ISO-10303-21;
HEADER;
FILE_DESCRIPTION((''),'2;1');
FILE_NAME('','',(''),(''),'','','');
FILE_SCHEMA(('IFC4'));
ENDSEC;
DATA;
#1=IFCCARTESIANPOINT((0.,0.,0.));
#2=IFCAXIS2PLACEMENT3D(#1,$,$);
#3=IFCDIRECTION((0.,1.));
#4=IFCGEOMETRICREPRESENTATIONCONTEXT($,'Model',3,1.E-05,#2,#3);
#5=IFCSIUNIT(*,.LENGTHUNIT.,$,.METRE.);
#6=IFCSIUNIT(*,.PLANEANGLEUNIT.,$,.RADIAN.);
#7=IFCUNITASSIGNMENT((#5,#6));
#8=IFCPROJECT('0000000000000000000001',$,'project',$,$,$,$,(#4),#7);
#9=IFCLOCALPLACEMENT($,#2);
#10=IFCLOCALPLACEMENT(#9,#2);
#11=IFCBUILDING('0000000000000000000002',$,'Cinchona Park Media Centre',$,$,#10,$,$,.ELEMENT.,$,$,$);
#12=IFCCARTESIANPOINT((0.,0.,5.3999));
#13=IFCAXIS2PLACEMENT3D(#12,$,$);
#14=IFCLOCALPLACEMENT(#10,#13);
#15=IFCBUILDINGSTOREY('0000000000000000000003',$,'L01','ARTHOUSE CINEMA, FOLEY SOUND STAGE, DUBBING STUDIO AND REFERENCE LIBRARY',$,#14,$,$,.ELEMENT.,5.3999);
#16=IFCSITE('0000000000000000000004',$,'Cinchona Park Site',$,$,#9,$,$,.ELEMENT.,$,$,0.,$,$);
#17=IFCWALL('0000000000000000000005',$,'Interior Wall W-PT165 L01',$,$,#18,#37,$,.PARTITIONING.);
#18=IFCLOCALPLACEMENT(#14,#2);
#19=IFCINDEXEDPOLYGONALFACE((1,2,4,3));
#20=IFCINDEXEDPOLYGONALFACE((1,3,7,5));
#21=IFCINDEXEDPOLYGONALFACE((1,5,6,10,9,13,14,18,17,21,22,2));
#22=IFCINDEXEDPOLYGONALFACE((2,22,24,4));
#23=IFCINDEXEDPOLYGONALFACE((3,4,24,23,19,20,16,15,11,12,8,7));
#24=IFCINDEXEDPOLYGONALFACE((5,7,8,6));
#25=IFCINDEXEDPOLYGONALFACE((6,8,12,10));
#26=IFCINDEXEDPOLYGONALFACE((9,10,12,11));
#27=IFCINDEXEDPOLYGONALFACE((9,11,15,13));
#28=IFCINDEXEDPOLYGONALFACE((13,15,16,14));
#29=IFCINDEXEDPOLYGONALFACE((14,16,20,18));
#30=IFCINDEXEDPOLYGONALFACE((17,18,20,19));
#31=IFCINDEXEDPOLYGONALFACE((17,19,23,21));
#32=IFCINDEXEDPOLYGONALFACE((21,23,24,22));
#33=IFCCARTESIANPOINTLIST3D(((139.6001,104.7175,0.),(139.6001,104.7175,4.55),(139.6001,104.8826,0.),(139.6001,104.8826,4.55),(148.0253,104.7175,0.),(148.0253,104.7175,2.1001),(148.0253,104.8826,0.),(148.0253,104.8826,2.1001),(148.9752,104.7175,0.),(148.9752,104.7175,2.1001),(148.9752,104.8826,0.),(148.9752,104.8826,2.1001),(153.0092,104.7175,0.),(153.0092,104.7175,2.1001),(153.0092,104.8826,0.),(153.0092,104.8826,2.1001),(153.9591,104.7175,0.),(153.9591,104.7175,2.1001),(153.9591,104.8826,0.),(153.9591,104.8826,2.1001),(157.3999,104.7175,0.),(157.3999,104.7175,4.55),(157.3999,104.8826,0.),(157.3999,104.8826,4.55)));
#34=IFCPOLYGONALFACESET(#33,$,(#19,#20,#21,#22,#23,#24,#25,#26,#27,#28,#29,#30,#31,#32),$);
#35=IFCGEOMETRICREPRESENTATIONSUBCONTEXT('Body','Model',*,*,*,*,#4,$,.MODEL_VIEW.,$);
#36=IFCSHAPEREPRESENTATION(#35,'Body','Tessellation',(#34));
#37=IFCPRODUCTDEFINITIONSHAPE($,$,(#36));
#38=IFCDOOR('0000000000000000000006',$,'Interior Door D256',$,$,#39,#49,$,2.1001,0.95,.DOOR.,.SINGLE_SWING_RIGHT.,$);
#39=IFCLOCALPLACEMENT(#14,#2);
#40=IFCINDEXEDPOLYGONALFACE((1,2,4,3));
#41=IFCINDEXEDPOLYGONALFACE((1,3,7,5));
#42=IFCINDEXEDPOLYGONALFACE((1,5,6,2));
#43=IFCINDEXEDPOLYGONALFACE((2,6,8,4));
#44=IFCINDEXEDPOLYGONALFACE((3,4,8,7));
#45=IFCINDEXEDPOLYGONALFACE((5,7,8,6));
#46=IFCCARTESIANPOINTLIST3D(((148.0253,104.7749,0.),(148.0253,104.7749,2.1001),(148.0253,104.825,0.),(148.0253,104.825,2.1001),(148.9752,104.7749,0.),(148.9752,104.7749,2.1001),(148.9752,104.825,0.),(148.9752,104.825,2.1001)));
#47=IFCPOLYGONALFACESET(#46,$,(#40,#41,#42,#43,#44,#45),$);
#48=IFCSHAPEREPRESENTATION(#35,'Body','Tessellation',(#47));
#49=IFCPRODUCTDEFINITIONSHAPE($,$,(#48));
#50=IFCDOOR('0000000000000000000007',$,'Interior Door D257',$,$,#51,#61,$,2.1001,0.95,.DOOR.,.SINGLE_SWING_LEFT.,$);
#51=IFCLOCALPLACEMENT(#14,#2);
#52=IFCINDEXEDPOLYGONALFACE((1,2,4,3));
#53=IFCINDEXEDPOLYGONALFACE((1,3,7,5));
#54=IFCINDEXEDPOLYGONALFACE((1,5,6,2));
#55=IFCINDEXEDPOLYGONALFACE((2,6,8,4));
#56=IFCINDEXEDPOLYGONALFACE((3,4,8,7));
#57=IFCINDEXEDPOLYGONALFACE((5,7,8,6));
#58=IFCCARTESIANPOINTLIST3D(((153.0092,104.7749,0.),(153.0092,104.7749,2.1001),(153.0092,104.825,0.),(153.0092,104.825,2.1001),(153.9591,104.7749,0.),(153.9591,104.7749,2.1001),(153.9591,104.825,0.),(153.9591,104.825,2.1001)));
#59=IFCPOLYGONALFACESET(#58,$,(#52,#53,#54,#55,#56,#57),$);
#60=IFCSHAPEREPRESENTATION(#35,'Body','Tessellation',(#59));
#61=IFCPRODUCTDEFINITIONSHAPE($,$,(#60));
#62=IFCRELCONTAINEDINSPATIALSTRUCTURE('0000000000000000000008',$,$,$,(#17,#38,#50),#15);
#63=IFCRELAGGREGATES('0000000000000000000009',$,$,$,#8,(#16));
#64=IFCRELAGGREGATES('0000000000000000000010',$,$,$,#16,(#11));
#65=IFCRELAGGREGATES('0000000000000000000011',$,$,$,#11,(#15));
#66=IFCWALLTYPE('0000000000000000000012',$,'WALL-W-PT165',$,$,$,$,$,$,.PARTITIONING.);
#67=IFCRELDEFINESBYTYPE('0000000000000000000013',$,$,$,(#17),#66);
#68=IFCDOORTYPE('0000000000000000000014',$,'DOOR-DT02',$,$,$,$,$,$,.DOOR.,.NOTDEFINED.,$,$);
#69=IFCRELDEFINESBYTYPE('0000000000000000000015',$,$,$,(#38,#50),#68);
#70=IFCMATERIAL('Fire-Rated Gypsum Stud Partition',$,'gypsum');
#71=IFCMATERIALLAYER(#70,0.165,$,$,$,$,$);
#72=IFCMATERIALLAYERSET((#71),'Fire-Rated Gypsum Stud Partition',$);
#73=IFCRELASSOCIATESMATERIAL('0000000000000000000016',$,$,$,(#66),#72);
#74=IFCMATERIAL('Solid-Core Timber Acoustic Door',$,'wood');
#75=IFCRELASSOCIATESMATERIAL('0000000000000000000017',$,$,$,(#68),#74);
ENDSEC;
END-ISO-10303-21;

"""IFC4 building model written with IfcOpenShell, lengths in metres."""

from ifc_helpers import new_model, si_unit, direction, frame, frame_2d, origin, place, context, subcontext, project, spatial, rectangle, extrude, material, layer, layer_set, type_object, element, fill, save


model = new_model("IFC4")

# Units and contexts
model_context = context("Model", 3, precision=1e-05, world=origin(), true_north=direction((0.0, 1.0)))
body_context = subcontext(model_context, "Body", "Model", "MODEL_VIEW")
ifc_project = project(units=[si_unit("LENGTHUNIT", "METRE"), si_unit("PLANEANGLEUNIT", "RADIAN")], contexts=[model_context])

# Site, building, storey
site_placement = place(None, origin())
site = spatial("IfcSite", under=ifc_project, at=site_placement, Name="Cinchona Park Site", CompositionType="ELEMENT", RefElevation=0.0)
building_placement = place(site_placement, origin())
building = spatial("IfcBuilding", under=site, at=building_placement, Name="Cinchona Park Media Centre", CompositionType="ELEMENT")
storey_placement = place(building_placement, frame((0.0, 0.0, 5.3999)))
storey = spatial("IfcBuildingStorey", under=building, at=storey_placement, Name="L01", Description="ARTHOUSE CINEMA, FOLEY SOUND STAGE, DUBBING STUDIO AND REFERENCE LIBRARY", CompositionType="ELEMENT", Elevation=5.3999)

# Wall, openings, doors
ifc_material_1 = material(Name="Fire-Rated Gypsum Stud Partition", Category="gypsum")
ifc_layer_1 = layer(ifc_material_1, 0.165)
ifc_layer_set_1 = layer_set([ifc_layer_1], Name="Fire-Rated Gypsum Stud Partition")
wall_type_1 = type_object("IfcWallType", Name="WALL-W-PT165", PredefinedType="PARTITIONING", material=ifc_layer_set_1)
wall_1_placement = place(storey_placement, frame((139.6001, 104.8, 0.0), z_axis=(0.0, 0.0, 1.0), x_axis=(1.0, 0.0, 0.0)))
wall_1 = element("IfcWall", 1, at=wall_1_placement, inside=storey, type_object=wall_type_1, Name="Interior Wall W-PT165 L01", PredefinedType="PARTITIONING", context=body_context, shape_type="SweptSolid", body=[
    extrude(rectangle(XDim=17.7998, YDim=0.165, at=frame_2d((8.8999, 0.0))), origin(), (0.0, 0.0, 1.0), 4.55),
])
opening_1_placement = place(wall_1_placement, frame((8.425, 0.0, 0.0)))
opening_1 = element("IfcOpeningElement", 2, at=opening_1_placement, cuts=wall_1, PredefinedType="OPENING", context=body_context, shape_type="SweptSolid", body=[
    extrude(rectangle(XDim=0.95, YDim=2.1001, at=frame_2d((0.4751, 1.05))), frame((0.0, 0.0925, 0.0), z_axis=(0.0, -1.0, 0.0), x_axis=(1.0, 0.0, 0.0)), (0.0, 0.0, 1.0), 0.1851),
])
opening_2_placement = place(wall_1_placement, frame((13.4089, 0.0, 0.0)))
opening_2 = element("IfcOpeningElement", 3, at=opening_2_placement, cuts=wall_1, PredefinedType="OPENING", context=body_context, shape_type="SweptSolid", body=[
    extrude(rectangle(XDim=0.95, YDim=2.1001, at=frame_2d((0.4751, 1.05))), frame((0.0, 0.0925, 0.0), z_axis=(0.0, -1.0, 0.0), x_axis=(1.0, 0.0, 0.0)), (0.0, 0.0, 1.0), 0.1851),
])
ifc_material_2 = material(Name="Solid-Core Timber Acoustic Door", Category="wood")
door_type = type_object("IfcDoorType", Name="DOOR-DT02", OperationType="NOTDEFINED", PredefinedType="DOOR", material=ifc_material_2)
door_1_placement = place(opening_1_placement, origin())
door_1 = element("IfcDoor", 4, at=door_1_placement, inside=storey, type_object=door_type, Name="Interior Door D256", OperationType="SINGLE_SWING_RIGHT", OverallHeight=2.1001, OverallWidth=0.95, PredefinedType="DOOR", context=body_context, shape_type="SweptSolid", body=[
    extrude(rectangle(XDim=0.95, YDim=2.1001, at=frame_2d((0.4751, 1.05))), frame((0.0, 0.0249, 0.0), z_axis=(0.0, -1.0, 0.0), x_axis=(1.0, 0.0, 0.0)), (0.0, 0.0, 1.0), 0.05),
])
fill(opening_1, door_1)
door_2_placement = place(opening_2_placement, origin())
door_2 = element("IfcDoor", 5, at=door_2_placement, inside=storey, type_object=door_type, Name="Interior Door D257", OperationType="SINGLE_SWING_LEFT", OverallHeight=2.1001, OverallWidth=0.95, PredefinedType="DOOR", context=body_context, shape_type="SweptSolid", body=[
    extrude(rectangle(XDim=0.95, YDim=2.1001, at=frame_2d((0.4751, 1.05))), frame((0.0, 0.0249, 0.0), z_axis=(0.0, -1.0, 0.0), x_axis=(1.0, 0.0, 0.0)), (0.0, 0.0, 1.0), 0.05),
])
fill(opening_2, door_2)

save(model, "model.ifc")
